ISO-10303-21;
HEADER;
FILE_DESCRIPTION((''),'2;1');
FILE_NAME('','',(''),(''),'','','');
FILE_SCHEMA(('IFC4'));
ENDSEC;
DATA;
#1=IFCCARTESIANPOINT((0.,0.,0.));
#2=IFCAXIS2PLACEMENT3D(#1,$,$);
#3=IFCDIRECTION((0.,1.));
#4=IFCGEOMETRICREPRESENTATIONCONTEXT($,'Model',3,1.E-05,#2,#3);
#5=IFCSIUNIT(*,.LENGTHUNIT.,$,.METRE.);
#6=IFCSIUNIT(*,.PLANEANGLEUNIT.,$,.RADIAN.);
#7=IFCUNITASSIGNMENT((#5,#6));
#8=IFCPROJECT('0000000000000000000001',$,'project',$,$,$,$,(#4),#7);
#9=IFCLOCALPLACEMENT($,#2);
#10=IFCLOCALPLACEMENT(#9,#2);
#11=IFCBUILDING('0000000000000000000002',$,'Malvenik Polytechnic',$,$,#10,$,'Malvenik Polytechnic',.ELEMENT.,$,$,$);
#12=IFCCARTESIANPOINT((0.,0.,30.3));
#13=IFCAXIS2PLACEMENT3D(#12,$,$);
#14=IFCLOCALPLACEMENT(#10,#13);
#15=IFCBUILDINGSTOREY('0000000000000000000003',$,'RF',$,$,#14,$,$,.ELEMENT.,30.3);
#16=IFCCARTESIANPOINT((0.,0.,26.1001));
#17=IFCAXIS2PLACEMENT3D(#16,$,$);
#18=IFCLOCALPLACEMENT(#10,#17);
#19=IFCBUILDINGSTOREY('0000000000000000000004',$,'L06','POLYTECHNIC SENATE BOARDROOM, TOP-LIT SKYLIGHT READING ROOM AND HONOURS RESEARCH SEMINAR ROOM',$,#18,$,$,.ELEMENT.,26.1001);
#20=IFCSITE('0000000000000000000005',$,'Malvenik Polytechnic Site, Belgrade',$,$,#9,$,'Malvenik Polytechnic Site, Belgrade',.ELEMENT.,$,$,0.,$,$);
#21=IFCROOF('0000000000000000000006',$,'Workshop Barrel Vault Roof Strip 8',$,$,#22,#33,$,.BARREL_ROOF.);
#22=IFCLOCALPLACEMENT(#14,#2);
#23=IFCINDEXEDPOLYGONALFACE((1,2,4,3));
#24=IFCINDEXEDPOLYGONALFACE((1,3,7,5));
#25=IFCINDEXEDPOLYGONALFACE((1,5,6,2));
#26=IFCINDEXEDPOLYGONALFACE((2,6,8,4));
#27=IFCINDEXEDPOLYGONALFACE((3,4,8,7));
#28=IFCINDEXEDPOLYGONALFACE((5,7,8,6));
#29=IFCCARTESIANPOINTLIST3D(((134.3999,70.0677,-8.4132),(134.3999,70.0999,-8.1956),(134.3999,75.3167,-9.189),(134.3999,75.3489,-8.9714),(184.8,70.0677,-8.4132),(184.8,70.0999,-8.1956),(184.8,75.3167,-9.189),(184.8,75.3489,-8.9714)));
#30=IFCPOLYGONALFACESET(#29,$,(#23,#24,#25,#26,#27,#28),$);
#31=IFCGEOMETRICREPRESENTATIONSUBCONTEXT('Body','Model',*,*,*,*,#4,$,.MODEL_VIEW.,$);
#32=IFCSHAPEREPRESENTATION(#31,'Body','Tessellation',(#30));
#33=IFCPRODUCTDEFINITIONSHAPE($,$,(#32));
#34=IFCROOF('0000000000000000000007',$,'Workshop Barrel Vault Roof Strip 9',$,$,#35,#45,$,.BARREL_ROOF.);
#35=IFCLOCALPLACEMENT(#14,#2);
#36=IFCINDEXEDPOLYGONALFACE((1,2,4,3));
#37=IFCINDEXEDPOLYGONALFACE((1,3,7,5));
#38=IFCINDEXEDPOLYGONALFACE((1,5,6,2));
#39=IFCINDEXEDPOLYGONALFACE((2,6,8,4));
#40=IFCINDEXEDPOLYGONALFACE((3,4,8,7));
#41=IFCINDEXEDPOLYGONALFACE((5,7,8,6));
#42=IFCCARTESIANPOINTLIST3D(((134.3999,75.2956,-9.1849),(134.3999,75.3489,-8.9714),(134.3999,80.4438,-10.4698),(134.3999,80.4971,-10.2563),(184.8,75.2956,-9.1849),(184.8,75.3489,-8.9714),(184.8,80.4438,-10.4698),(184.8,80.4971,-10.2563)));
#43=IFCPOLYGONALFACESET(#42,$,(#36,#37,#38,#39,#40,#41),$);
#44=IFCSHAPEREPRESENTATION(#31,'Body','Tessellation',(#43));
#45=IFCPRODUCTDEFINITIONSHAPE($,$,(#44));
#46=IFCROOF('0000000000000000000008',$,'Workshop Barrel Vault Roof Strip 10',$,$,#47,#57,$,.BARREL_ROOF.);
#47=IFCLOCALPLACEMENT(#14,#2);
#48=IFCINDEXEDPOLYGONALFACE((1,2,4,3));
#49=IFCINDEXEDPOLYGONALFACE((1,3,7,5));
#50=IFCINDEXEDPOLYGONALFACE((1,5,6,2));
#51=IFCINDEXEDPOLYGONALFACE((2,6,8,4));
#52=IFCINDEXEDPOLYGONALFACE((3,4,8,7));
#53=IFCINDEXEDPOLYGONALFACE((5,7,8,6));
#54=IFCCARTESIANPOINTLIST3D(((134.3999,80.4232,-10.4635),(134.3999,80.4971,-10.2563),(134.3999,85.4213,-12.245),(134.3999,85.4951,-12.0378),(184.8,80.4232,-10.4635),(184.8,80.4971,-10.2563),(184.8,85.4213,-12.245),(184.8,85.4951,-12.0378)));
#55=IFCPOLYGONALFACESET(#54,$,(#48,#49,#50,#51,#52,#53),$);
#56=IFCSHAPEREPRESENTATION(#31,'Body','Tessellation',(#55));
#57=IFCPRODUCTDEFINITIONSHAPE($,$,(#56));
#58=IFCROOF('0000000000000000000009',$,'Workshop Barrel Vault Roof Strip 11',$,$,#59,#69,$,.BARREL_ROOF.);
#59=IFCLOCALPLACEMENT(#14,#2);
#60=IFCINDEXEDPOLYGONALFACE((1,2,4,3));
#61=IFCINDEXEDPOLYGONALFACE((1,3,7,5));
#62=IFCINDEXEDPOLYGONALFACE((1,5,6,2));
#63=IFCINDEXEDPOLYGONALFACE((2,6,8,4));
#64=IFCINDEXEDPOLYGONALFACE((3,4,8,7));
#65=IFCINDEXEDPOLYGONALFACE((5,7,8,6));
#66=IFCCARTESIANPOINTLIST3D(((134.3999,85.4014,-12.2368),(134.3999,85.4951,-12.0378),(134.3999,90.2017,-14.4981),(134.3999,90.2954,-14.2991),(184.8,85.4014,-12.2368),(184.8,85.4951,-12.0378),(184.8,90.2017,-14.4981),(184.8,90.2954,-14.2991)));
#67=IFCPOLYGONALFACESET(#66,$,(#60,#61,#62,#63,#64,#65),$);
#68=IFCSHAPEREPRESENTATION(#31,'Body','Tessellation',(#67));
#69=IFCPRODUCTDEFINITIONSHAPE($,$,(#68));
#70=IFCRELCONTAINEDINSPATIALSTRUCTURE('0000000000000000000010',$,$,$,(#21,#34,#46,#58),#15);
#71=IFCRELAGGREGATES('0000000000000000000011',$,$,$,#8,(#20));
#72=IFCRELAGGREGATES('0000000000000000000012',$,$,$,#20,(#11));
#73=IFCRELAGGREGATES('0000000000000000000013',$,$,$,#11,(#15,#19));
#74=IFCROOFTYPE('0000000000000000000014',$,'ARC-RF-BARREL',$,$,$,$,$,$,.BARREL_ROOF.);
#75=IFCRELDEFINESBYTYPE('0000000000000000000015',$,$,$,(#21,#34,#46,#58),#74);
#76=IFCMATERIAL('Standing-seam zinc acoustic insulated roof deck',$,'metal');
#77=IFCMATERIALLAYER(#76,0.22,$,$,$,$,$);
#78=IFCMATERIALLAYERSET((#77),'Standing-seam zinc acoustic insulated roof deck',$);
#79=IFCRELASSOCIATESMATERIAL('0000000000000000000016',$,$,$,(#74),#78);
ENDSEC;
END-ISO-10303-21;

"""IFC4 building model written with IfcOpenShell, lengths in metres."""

from ifc_helpers import new_model, si_unit, direction, frame, origin, place, context, subcontext, project, spatial, polyline, outline, extrude, material, layer, layer_set, type_object, element, save


model = new_model("IFC4")

# Units and contexts
model_context = context("Model", 3, precision=1e-05, world=origin(), true_north=direction((0.0, 1.0)))
body_context = subcontext(model_context, "Body", "Model", "MODEL_VIEW")
ifc_project = project(units=[si_unit("LENGTHUNIT", "METRE"), si_unit("PLANEANGLEUNIT", "RADIAN")], contexts=[model_context])

# Site, building, storey
site_placement = place(None, origin())
site = spatial("IfcSite", under=ifc_project, at=site_placement, Name="Malvenik Polytechnic Site, Belgrade", LongName="Malvenik Polytechnic Site, Belgrade", CompositionType="ELEMENT", RefElevation=0.0)
building_placement = place(site_placement, origin())
building = spatial("IfcBuilding", under=site, at=building_placement, Name="Malvenik Polytechnic", LongName="Malvenik Polytechnic", CompositionType="ELEMENT")
storey_1_placement = place(building_placement, frame((0.0, 0.0, 30.3)))
storey_1 = spatial("IfcBuildingStorey", under=building, at=storey_1_placement, Name="RF", CompositionType="ELEMENT", Elevation=30.3)

# Shared definitions
storey_2_placement = place(building_placement, frame((0.0, 0.0, 26.1001)))
storey_2 = spatial("IfcBuildingStorey", under=building, at=storey_2_placement, Name="L06", Description="POLYTECHNIC SENATE BOARDROOM, TOP-LIT SKYLIGHT READING ROOM AND HONOURS RESEARCH SEMINAR ROOM", CompositionType="ELEMENT", Elevation=26.1001)

# Roofs
ifc_material_1 = material(Name="Standing-seam zinc acoustic insulated roof deck", Category="metal")
ifc_layer_1 = layer(ifc_material_1, 0.22)
ifc_layer_set_1 = layer_set([ifc_layer_1], Name="Standing-seam zinc acoustic insulated roof deck")
roof_type = type_object("IfcRoofType", Name="ARC-RF-BARREL", PredefinedType="BARREL_ROOF", material=ifc_layer_set_1)
roof_1_placement = place(storey_1_placement, frame((134.3999, 70.0999, -8.1956), z_axis=(0.0, 0.146225, 0.989251), x_axis=(1.0, 0.0, 0.0)))
element("IfcRoof", 1, at=roof_1_placement, inside=storey_1, type_object=roof_type, Name="Workshop Barrel Vault Roof Strip 8", PredefinedType="BARREL_ROOF", context=body_context, shape_type="SweptSolid", body=[
    extrude(outline(polyline([(0.0, 0.0), (50.4001, 0.0), (50.4001, 5.3061), (0.0, 5.3061), (0.0, 0.0)])), origin(), (0.0, 0.0, -1.0), 0.22),
])
roof_2_placement = place(storey_1_placement, frame((134.3999, 75.3489, -8.9714), z_axis=(0.0, 0.242157, 0.970237), x_axis=(1.0, 0.0, 0.0)))
element("IfcRoof", 2, at=roof_2_placement, inside=storey_1, type_object=roof_type, Name="Workshop Barrel Vault Roof Strip 9", PredefinedType="BARREL_ROOF", context=body_context, shape_type="SweptSolid", body=[
    extrude(outline(polyline([(0.0, 0.0), (50.4001, 0.0), (50.4001, 5.3061), (0.0, 5.3061), (0.0, 0.0)])), origin(), (0.0, 0.0, -1.0), 0.22),
])
roof_3_placement = place(storey_1_placement, frame((134.3999, 80.4971, -10.2563), z_axis=(0.0, 0.335748, 0.941952), x_axis=(1.0, 0.0, 0.0)))
element("IfcRoof", 3, at=roof_3_placement, inside=storey_1, type_object=roof_type, Name="Workshop Barrel Vault Roof Strip 10", PredefinedType="BARREL_ROOF", context=body_context, shape_type="SweptSolid", body=[
    extrude(outline(polyline([(0.0, 0.0), (50.4001, 0.0), (50.4001, 5.3061), (0.0, 5.3061), (0.0, 0.0)])), origin(), (0.0, 0.0, -1.0), 0.22),
])
roof_4_placement = place(storey_1_placement, frame((134.3999, 85.4951, -12.0378), z_axis=(0.0, 0.426147, 0.904654), x_axis=(1.0, 0.0, 0.0)))
element("IfcRoof", 4, at=roof_4_placement, inside=storey_1, type_object=roof_type, Name="Workshop Barrel Vault Roof Strip 11", PredefinedType="BARREL_ROOF", context=body_context, shape_type="SweptSolid", body=[
    extrude(outline(polyline([(0.0, 0.0), (50.4001, 0.0), (50.4001, 5.3062), (0.0, 5.3062), (0.0, 0.0)])), origin(), (0.0, 0.0, -1.0), 0.22),
])

save(model, "model.ifc")
